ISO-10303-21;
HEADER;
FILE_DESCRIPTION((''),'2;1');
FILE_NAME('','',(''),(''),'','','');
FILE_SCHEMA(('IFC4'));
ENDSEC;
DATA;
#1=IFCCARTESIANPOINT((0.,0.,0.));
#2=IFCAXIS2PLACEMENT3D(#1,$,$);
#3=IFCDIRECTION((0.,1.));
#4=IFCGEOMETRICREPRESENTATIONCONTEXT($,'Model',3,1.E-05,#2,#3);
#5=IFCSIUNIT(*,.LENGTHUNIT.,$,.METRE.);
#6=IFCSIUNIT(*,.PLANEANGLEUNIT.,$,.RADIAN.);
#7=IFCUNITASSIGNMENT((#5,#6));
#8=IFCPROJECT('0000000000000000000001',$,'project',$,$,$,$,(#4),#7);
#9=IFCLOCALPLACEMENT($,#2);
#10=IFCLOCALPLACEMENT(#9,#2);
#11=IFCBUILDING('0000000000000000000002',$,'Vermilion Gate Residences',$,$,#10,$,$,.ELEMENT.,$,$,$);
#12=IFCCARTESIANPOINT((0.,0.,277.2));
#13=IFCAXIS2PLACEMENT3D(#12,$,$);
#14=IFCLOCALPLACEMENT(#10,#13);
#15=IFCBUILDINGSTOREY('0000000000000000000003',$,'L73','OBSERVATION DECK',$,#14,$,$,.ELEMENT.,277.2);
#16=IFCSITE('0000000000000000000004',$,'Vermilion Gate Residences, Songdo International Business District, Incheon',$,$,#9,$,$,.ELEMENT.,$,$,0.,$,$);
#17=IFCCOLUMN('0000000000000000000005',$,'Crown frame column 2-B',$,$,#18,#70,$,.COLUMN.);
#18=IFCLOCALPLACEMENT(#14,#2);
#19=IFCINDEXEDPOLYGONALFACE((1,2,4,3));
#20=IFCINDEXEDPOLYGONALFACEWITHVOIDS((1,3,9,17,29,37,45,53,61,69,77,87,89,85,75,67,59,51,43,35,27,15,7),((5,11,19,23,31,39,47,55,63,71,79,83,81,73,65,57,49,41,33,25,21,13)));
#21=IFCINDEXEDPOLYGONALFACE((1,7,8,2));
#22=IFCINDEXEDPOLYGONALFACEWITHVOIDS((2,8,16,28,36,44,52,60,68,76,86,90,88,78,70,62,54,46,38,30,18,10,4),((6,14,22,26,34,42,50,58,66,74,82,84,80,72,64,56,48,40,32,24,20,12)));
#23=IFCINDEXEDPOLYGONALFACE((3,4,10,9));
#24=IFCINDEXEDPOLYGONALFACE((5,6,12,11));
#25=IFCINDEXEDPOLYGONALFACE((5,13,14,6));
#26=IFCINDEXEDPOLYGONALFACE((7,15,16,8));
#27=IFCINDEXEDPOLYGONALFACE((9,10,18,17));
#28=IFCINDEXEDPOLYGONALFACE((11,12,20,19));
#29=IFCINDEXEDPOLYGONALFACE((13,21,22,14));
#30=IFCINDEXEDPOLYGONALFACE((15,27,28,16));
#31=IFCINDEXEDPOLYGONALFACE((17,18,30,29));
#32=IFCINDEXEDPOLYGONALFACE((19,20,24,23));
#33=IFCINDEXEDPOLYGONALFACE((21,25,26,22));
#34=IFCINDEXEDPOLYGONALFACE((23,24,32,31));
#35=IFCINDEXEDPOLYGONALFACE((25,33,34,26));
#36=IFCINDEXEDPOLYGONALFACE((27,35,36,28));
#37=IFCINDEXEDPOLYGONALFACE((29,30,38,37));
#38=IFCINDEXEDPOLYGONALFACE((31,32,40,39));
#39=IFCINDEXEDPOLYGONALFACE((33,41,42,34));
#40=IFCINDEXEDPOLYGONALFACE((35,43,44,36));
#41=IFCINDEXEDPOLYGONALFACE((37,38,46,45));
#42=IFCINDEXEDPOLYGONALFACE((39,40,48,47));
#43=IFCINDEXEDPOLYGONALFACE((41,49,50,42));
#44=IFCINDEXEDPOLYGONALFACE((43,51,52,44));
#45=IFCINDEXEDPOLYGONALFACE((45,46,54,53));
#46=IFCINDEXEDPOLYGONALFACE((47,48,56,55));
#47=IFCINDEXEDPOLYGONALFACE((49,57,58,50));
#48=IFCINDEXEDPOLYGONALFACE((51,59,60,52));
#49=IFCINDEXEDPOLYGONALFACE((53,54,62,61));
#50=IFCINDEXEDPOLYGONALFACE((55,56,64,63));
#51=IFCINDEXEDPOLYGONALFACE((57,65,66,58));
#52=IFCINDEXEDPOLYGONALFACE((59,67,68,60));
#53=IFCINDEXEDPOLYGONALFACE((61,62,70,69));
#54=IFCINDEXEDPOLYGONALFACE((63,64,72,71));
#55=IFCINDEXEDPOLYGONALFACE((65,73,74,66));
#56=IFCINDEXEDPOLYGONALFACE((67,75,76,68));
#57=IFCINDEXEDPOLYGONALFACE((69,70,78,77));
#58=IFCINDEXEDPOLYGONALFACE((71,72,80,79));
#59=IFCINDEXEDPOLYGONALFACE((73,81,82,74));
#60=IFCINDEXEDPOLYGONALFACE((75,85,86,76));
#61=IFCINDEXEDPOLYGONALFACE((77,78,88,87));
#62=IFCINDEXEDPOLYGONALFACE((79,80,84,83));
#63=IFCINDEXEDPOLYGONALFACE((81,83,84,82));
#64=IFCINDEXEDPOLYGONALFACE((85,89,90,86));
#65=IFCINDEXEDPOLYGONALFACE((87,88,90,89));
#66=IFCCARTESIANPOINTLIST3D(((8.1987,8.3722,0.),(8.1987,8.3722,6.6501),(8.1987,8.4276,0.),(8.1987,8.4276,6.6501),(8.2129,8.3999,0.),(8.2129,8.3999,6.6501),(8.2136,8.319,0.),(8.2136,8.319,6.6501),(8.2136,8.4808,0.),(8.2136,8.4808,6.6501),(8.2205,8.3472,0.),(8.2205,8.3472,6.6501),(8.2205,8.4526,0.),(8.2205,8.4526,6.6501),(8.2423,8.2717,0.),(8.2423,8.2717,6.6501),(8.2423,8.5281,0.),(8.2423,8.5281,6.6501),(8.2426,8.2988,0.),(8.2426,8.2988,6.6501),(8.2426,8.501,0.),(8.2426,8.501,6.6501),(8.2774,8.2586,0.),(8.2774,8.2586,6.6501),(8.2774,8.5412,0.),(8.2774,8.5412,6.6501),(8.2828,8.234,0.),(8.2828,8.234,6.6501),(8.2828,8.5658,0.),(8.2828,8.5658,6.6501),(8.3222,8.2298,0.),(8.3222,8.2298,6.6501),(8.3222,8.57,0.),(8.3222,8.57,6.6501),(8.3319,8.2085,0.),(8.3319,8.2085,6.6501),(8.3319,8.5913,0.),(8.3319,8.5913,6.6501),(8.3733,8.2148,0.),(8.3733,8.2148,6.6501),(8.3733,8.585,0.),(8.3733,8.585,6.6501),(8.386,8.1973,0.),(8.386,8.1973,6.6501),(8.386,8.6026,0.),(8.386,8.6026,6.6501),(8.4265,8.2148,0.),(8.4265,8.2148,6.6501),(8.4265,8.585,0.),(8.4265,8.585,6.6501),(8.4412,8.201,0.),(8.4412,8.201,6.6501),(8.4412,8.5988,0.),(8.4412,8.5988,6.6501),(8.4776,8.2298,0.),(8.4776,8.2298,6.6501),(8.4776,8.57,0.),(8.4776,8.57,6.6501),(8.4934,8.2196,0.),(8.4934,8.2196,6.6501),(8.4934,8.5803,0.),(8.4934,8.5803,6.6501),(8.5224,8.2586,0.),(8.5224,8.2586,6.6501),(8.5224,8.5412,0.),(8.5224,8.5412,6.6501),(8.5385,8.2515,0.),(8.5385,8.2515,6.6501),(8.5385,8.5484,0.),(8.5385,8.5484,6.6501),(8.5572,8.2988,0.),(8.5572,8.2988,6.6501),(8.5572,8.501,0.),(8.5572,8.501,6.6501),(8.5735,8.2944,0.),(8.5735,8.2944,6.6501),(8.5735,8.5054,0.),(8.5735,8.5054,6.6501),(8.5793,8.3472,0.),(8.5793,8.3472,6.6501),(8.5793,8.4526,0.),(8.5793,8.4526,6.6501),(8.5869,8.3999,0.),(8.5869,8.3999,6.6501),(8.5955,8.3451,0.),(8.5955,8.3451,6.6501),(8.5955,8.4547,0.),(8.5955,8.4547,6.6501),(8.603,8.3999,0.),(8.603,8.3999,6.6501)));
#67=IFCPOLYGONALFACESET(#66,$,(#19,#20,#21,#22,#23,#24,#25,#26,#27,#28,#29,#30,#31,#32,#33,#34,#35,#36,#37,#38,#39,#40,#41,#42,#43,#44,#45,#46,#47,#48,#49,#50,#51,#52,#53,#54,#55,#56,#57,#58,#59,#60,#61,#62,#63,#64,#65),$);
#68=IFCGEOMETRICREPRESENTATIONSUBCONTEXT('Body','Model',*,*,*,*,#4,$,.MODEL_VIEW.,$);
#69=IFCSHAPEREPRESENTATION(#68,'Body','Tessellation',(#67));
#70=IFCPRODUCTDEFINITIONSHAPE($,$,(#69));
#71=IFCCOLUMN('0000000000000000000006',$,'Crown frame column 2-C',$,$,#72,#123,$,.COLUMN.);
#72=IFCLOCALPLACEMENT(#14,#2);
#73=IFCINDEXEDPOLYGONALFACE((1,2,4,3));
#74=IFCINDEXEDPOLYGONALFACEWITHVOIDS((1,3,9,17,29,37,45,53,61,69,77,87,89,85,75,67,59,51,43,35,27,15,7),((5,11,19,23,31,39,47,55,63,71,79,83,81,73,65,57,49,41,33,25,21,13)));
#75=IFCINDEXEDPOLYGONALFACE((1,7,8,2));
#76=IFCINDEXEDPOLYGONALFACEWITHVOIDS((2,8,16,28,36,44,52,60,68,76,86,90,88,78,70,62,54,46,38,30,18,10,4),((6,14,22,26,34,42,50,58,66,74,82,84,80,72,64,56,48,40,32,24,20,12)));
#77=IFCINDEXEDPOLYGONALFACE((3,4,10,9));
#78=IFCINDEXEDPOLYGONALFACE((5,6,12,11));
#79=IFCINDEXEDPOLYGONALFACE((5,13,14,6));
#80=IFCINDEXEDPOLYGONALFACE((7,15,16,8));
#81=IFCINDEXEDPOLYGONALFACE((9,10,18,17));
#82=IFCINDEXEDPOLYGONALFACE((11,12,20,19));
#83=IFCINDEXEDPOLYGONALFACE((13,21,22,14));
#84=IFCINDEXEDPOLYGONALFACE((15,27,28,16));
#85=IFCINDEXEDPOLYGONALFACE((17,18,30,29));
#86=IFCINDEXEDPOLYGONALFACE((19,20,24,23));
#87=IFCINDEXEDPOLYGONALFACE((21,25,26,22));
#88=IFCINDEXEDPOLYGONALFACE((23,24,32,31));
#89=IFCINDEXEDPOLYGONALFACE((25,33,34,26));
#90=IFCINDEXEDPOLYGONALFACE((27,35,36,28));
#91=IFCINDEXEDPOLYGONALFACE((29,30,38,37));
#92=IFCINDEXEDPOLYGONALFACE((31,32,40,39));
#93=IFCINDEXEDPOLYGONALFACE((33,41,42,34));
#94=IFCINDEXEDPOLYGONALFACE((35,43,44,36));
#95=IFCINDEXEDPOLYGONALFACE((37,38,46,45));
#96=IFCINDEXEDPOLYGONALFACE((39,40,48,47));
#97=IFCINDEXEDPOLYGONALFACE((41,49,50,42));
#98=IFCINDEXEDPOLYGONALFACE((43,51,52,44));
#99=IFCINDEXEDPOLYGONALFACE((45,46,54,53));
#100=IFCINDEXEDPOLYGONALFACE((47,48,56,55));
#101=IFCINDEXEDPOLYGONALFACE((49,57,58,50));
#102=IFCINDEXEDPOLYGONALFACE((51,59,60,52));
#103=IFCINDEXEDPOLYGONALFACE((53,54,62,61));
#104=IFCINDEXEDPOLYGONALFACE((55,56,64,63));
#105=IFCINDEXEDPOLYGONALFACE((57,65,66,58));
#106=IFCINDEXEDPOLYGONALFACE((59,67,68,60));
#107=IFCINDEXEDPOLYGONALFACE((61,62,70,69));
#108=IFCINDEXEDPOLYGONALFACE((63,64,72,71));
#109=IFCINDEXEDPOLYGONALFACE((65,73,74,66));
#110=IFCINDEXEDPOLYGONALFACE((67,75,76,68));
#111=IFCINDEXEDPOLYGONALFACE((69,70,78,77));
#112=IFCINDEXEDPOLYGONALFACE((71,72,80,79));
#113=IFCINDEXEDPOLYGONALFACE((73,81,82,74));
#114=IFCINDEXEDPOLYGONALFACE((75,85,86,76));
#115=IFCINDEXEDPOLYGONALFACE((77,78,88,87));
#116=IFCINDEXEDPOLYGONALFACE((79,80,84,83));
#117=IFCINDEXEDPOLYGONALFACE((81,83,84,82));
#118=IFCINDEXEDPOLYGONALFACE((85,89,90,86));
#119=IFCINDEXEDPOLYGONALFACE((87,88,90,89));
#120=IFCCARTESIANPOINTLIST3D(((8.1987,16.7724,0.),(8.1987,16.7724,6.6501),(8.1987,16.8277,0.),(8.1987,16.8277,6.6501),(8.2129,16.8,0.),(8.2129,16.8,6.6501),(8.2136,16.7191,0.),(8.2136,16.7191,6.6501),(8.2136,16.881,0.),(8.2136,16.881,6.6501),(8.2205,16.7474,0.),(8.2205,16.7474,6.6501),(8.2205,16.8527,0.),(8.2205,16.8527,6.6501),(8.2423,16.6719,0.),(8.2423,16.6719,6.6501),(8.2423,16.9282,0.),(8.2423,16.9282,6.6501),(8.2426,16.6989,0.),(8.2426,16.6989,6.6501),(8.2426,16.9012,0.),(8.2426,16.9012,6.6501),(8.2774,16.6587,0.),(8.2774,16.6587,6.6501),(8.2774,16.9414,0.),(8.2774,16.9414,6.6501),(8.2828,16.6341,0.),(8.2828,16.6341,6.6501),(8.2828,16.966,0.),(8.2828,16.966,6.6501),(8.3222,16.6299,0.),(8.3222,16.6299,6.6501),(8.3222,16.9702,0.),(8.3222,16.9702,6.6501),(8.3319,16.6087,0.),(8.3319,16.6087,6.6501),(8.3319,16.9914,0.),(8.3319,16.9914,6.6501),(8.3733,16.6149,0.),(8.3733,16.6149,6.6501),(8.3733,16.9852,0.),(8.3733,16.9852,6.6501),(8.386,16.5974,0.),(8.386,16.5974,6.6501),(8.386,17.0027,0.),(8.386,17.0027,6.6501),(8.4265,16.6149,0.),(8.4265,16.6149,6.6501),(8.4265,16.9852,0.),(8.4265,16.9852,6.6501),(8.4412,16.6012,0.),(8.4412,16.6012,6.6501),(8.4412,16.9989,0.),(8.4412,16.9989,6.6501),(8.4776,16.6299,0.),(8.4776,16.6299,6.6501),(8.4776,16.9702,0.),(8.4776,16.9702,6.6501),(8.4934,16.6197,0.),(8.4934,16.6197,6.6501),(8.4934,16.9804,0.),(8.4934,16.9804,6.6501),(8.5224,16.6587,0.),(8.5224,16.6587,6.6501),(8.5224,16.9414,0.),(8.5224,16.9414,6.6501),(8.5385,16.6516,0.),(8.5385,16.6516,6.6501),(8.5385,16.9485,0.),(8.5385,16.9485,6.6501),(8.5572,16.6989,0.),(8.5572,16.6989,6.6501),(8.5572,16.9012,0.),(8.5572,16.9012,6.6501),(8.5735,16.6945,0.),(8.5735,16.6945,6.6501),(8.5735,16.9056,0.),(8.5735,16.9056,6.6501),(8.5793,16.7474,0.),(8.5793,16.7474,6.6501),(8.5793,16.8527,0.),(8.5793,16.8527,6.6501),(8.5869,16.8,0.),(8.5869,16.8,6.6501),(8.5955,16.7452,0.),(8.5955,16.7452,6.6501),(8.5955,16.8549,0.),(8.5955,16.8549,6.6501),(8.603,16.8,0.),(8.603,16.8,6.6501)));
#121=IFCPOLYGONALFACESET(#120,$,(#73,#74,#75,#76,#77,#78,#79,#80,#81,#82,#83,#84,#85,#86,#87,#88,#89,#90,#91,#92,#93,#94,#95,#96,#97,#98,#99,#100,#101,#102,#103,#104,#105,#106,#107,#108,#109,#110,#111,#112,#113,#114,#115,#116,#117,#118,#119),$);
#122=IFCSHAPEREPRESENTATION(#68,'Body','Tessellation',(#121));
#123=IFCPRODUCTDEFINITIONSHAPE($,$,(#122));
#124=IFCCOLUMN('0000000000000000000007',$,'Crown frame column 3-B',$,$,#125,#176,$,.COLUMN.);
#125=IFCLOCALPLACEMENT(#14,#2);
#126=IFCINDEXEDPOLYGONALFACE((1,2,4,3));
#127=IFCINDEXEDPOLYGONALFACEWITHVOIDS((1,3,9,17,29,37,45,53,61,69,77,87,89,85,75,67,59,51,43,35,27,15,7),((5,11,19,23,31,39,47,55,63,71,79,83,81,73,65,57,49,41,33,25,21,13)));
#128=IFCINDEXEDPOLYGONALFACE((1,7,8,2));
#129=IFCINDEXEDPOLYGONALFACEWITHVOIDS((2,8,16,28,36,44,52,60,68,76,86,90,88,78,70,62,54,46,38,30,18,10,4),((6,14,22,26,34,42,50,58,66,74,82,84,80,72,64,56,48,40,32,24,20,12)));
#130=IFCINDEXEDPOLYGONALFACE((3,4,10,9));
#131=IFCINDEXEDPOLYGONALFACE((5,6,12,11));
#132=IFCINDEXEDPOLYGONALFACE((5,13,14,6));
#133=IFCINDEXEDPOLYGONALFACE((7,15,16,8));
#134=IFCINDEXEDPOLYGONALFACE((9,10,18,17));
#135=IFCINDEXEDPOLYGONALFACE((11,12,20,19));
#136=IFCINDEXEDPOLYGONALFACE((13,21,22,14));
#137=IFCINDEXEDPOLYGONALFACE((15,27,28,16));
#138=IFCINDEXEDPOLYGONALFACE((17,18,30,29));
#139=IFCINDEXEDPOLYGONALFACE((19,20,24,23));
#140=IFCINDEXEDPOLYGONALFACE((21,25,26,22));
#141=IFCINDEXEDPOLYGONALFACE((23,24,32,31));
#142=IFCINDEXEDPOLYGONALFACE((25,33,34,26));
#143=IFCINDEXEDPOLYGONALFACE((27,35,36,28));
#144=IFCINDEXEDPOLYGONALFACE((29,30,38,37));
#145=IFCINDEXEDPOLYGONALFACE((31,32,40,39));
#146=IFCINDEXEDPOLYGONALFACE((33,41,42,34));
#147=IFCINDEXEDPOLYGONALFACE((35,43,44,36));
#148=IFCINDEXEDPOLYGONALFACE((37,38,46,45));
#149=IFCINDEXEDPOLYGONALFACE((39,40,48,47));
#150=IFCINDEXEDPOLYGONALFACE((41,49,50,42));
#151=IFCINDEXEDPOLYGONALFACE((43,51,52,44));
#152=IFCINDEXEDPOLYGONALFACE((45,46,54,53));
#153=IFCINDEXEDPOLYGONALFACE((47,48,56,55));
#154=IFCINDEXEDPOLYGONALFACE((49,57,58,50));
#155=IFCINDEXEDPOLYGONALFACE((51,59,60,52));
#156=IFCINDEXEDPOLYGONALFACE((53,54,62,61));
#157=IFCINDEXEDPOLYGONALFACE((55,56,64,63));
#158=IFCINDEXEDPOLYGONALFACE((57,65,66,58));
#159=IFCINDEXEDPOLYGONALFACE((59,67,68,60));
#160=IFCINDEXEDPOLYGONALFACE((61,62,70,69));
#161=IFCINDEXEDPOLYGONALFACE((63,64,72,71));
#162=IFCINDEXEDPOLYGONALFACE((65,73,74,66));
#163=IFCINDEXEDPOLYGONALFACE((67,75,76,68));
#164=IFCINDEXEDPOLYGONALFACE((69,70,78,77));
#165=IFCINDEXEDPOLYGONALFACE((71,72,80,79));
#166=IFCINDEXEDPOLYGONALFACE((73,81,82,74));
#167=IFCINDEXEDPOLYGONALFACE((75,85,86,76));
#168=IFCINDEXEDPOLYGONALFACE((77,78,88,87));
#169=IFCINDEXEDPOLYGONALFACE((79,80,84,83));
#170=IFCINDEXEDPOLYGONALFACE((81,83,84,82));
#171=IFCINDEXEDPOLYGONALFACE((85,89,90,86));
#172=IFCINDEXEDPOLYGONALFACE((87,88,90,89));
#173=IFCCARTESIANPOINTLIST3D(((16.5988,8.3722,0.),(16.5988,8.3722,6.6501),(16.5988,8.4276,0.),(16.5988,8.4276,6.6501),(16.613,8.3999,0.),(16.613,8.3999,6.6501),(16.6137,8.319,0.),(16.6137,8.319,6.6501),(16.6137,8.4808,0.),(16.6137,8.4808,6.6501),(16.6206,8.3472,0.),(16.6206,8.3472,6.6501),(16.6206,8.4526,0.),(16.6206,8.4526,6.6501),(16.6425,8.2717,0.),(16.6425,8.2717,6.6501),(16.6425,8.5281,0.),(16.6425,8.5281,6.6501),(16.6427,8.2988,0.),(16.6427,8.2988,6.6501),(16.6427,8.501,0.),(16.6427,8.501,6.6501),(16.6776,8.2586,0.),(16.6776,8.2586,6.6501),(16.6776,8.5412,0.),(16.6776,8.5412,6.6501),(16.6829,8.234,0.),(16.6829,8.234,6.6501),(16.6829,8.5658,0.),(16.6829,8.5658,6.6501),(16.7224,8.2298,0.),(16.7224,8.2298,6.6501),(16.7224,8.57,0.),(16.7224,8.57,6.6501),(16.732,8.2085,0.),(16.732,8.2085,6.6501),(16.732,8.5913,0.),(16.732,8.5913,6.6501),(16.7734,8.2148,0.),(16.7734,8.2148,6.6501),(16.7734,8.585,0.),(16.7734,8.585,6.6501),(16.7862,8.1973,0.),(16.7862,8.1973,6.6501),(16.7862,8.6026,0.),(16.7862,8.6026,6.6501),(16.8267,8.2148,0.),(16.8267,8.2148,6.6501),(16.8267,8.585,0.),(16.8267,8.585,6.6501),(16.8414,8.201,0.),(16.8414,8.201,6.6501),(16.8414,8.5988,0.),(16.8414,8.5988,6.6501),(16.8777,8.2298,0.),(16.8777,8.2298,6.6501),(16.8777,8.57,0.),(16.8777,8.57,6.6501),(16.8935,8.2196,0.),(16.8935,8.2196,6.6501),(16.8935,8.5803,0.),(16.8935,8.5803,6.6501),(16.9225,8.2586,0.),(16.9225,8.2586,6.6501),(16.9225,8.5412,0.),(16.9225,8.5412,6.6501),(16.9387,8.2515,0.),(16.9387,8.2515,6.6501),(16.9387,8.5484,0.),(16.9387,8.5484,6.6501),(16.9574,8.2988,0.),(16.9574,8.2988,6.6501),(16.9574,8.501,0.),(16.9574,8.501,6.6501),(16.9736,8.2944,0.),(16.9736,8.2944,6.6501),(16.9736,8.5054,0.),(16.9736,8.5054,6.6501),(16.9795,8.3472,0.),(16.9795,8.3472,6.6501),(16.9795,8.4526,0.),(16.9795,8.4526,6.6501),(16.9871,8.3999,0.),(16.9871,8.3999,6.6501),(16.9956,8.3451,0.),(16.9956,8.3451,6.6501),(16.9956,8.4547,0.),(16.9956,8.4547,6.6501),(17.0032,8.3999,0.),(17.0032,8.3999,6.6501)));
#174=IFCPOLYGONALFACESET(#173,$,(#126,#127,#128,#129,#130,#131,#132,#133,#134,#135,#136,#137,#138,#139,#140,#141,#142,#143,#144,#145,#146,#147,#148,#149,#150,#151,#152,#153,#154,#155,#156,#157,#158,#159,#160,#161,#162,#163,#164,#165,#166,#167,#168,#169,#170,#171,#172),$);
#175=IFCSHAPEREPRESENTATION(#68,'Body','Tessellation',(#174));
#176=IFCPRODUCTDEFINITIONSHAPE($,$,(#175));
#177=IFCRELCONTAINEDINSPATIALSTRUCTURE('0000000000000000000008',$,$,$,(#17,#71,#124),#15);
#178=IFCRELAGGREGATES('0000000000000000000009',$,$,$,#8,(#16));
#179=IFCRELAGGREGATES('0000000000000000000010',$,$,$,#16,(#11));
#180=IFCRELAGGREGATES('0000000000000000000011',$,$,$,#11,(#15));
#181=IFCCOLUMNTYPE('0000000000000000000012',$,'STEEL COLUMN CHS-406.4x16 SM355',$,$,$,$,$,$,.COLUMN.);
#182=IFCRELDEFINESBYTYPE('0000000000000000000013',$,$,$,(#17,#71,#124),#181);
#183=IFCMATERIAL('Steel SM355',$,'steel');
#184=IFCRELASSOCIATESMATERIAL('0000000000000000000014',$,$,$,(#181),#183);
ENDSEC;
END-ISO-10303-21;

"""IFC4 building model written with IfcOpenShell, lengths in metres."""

from ifc_helpers import new_model, si_unit, direction, frame, origin, origin_2d, place, context, subcontext, project, spatial, hollow_circle, extrude, material, material_profile, profile_set, type_object, element, save


model = new_model("IFC4")

# Units and contexts
model_context = context("Model", 3, precision=1e-05, world=origin(), true_north=direction((0.0, 1.0)))
body_context = subcontext(model_context, "Body", "Model", "MODEL_VIEW")
ifc_project = project(units=[si_unit("LENGTHUNIT", "METRE"), si_unit("PLANEANGLEUNIT", "RADIAN")], contexts=[model_context])

# Site, building, storey
site_placement = place(None, origin())
site = spatial("IfcSite", under=ifc_project, at=site_placement, Name="Vermilion Gate Residences, Songdo International Business District, Incheon", CompositionType="ELEMENT", RefElevation=0.0)
building_placement = place(site_placement, origin())
building = spatial("IfcBuilding", under=site, at=building_placement, Name="Vermilion Gate Residences", CompositionType="ELEMENT")
storey_placement = place(building_placement, frame((0.0, 0.0, 277.2)))
storey = spatial("IfcBuildingStorey", under=building, at=storey_placement, Name="L73", Description="OBSERVATION DECK", CompositionType="ELEMENT", Elevation=277.2)

# Columns
ifc_material_1 = material(Name="Steel SM355", Category="steel")
ifc_material_profile = material_profile(ifc_material_1, hollow_circle(Radius=0.2031, WallThickness=0.0161, at=origin_2d()), Name="CHS-406.4x16")
ifc_profile_set = profile_set([ifc_material_profile], Name="Steel SM355")
column_type = type_object("IfcColumnType", Name="STEEL COLUMN CHS-406.4x16 SM355", PredefinedType="COLUMN", material=ifc_profile_set)
for number, where, z_axis, x_axis, name in (
    (1, (8.3999, 8.3999, 0.0), (0.0, 0.0, 1.0), (1.0, 0.0, 0.0), "Crown frame column 2-B"),
    (2, (8.3999, 16.8, 0.0), (0.0, 0.0, 1.0), (1.0, 0.0, 0.0), "Crown frame column 2-C"),
    (3, (16.8, 8.3999, 0.0), (0.0, 0.0, 1.0), (1.0, 0.0, 0.0), "Crown frame column 3-B"),
):
    element("IfcColumn", number, at=place(storey_placement, frame(where, z_axis=z_axis, x_axis=x_axis)), inside=storey, type_object=column_type, Name=name, PredefinedType="COLUMN", context=body_context, shape_type="SweptSolid", body=[
        extrude(hollow_circle(Radius=0.2031, WallThickness=0.0161, at=origin_2d()), origin(), (0.0, 0.0, 1.0), 6.6501),
    ])

save(model, "model.ifc")
